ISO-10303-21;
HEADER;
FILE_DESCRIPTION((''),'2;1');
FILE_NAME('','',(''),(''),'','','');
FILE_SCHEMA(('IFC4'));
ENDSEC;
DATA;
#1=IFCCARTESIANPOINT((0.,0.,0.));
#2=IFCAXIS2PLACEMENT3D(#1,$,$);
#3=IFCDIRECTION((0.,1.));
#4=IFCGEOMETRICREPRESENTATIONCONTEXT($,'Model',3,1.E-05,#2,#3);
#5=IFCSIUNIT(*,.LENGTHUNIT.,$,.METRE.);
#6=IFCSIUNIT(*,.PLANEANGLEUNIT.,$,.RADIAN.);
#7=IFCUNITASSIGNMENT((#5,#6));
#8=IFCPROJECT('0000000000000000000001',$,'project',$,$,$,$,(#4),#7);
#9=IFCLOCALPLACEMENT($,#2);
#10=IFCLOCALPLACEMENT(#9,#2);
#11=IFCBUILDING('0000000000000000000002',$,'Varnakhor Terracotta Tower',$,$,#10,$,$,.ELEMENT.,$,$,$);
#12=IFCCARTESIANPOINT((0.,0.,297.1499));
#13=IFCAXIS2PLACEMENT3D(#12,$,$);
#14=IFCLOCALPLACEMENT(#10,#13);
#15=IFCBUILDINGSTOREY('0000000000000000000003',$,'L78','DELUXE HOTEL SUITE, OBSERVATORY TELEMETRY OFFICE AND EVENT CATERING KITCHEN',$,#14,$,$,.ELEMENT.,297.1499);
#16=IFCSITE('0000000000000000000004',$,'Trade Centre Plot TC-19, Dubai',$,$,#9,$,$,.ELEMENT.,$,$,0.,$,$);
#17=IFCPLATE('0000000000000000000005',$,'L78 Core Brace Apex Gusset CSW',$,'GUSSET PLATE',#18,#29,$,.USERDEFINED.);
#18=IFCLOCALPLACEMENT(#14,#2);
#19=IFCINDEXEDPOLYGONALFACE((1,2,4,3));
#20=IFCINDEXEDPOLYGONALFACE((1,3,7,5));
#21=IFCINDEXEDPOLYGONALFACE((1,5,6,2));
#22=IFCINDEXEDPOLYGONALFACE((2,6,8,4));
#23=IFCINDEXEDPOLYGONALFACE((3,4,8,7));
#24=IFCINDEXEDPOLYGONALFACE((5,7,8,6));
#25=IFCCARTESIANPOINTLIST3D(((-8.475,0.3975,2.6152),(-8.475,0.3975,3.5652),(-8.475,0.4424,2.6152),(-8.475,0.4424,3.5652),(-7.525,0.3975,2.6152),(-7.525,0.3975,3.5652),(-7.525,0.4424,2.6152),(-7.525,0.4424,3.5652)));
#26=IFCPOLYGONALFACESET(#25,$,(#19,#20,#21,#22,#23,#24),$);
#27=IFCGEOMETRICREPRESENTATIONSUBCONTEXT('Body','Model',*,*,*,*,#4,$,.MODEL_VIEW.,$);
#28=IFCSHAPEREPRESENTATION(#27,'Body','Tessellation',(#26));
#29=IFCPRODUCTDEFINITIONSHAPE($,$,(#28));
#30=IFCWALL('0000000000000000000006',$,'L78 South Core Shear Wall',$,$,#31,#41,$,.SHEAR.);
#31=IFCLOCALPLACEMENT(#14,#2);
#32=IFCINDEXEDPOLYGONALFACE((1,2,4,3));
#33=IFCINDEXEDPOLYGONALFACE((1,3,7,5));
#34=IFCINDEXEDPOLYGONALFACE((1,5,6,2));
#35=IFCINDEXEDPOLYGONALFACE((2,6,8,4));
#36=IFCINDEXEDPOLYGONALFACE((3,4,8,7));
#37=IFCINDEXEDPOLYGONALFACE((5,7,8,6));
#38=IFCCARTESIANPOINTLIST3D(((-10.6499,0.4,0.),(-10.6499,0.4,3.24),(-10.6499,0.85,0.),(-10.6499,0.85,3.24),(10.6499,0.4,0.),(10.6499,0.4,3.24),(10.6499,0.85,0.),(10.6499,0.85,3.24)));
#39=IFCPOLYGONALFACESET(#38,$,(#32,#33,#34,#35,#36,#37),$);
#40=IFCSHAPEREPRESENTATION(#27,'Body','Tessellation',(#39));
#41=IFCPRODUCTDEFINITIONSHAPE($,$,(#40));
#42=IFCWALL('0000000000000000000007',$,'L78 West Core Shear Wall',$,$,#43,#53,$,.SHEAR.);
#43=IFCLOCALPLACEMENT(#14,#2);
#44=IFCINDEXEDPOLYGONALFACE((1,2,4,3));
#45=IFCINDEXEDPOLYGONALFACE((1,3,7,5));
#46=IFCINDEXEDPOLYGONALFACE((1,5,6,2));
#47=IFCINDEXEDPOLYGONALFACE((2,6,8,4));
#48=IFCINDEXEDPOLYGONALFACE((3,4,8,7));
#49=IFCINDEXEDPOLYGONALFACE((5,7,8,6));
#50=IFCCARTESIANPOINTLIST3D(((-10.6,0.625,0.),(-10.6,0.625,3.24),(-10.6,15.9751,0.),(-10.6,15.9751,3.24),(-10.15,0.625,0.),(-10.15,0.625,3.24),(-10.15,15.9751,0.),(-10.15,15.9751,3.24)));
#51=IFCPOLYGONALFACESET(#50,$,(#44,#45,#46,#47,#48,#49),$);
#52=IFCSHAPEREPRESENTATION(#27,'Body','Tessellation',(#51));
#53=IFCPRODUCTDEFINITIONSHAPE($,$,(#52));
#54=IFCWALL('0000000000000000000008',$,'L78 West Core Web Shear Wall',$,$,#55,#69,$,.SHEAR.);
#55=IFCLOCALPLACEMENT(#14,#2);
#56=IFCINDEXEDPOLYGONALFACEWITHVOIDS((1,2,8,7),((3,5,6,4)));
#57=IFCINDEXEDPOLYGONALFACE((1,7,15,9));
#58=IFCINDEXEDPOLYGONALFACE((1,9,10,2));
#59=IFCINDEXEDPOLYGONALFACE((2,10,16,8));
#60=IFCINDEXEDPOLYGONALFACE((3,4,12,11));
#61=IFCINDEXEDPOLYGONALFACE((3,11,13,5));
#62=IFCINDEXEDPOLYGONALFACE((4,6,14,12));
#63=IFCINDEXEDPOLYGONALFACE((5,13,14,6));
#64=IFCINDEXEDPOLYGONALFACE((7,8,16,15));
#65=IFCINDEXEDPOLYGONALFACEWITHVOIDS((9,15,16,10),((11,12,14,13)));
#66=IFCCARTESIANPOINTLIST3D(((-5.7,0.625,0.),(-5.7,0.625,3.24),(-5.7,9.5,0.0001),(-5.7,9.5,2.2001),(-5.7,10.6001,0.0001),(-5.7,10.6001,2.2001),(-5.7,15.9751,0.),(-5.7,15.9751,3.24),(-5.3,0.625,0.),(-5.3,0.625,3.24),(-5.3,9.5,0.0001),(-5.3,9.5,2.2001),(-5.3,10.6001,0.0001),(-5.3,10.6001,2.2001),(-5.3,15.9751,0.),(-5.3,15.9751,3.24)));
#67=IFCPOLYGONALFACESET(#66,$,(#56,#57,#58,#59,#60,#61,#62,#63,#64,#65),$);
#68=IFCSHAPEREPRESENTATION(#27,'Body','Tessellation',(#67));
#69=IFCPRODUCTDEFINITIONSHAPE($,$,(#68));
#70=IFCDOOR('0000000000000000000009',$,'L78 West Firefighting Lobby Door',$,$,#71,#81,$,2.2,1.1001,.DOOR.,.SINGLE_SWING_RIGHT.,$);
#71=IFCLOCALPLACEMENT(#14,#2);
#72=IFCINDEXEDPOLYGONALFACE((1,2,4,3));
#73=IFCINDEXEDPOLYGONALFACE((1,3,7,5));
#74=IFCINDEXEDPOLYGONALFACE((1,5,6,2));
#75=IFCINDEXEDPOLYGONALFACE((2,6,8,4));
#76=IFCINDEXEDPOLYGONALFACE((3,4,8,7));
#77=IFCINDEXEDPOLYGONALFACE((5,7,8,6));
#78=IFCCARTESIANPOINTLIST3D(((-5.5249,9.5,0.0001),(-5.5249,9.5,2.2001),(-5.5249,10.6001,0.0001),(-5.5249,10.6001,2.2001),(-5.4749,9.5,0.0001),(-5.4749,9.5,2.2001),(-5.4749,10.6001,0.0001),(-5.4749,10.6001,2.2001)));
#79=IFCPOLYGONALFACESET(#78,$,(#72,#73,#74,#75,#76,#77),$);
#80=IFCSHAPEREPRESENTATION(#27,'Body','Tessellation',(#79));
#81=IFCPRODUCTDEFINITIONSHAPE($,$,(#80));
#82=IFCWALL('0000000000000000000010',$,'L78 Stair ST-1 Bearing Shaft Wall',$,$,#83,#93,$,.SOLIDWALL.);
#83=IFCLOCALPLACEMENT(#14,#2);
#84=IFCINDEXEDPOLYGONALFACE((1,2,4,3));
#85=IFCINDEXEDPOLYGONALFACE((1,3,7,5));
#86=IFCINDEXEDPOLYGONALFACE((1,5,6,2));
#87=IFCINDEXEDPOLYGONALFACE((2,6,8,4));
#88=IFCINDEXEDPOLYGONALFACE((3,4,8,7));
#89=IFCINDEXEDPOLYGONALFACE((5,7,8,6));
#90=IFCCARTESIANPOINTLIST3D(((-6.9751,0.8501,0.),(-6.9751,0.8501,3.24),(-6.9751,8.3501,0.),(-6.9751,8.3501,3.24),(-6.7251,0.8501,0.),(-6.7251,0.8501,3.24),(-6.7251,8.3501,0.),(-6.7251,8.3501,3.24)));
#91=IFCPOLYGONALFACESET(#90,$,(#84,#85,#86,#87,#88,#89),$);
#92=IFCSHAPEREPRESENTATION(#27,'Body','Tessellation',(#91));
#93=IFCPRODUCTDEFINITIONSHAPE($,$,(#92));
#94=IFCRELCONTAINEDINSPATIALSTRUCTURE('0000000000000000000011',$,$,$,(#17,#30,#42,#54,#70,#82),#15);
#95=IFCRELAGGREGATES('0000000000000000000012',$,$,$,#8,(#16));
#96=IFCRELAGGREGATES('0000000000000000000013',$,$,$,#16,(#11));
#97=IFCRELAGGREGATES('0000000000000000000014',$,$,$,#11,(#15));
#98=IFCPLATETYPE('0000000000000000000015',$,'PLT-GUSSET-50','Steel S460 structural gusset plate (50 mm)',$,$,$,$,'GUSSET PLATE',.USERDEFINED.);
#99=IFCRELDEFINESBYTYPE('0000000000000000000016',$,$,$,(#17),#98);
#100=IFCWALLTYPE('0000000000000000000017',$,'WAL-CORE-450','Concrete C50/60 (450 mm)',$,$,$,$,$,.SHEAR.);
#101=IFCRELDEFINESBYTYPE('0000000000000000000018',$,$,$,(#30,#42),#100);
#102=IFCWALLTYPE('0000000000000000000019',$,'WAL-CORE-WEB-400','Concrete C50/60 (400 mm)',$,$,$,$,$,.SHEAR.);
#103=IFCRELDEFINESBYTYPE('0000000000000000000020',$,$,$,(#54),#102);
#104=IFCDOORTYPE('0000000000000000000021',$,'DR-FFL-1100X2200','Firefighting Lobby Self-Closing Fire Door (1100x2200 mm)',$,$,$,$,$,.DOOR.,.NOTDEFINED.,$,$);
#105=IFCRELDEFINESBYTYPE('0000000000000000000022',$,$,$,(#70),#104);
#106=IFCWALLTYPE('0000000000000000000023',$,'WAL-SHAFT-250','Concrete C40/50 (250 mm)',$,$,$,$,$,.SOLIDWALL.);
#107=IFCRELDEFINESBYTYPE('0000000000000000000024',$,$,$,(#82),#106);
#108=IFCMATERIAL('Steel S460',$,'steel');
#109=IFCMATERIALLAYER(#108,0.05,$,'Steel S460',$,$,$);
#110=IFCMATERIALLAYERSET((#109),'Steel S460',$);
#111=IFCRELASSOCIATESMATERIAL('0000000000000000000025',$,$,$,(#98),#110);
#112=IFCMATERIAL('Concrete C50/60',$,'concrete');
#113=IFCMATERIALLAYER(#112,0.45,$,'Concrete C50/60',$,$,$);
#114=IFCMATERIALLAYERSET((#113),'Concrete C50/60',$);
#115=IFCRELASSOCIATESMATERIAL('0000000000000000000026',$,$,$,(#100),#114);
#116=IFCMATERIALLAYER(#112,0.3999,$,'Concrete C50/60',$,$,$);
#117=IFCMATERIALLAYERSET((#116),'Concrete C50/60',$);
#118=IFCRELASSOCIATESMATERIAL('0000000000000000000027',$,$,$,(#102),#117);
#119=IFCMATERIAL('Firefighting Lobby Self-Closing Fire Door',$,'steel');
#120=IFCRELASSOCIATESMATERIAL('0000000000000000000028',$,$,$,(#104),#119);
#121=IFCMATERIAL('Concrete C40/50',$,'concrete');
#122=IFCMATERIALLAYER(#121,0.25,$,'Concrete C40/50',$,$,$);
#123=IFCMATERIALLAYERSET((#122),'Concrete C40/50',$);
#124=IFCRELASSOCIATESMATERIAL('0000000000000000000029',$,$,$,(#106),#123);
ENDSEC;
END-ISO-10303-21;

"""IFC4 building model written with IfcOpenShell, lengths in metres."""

from ifc_helpers import new_model, si_unit, direction, frame, frame_2d, origin, origin_2d, place, context, subcontext, project, spatial, rectangle, extrude, source, transform, mapped, material, layer, layer_set, type_object, type_shapes, element, fill, save


model = new_model("IFC4")

# Units and contexts
model_context = context("Model", 3, precision=1e-05, world=origin(), true_north=direction((0.0, 1.0)))
body_context = subcontext(model_context, "Body", "Model", "MODEL_VIEW")
ifc_project = project(units=[si_unit("LENGTHUNIT", "METRE"), si_unit("PLANEANGLEUNIT", "RADIAN")], contexts=[model_context])

# Site, building, storey
site_placement = place(None, origin())
site = spatial("IfcSite", under=ifc_project, at=site_placement, Name="Trade Centre Plot TC-19, Dubai", CompositionType="ELEMENT", RefElevation=0.0)
building_placement = place(site_placement, origin())
building = spatial("IfcBuilding", under=site, at=building_placement, Name="Varnakhor Terracotta Tower", CompositionType="ELEMENT")
storey_placement = place(building_placement, frame((0.0, 0.0, 297.1499)))
storey = spatial("IfcBuildingStorey", under=building, at=storey_placement, Name="L78", Description="DELUXE HOTEL SUITE, OBSERVATORY TELEMETRY OFFICE AND EVENT CATERING KITCHEN", CompositionType="ELEMENT", Elevation=297.1499)

# Shared definitions
ifc_material_1 = material(Name="Concrete C50/60", Category="concrete")

# Plate
ifc_material_2 = material(Name="Steel S460", Category="steel")
ifc_layer_1 = layer(ifc_material_2, 0.05, Name="Steel S460")
ifc_layer_set_1 = layer_set([ifc_layer_1], Name="Steel S460")
plate_type = type_object("IfcPlateType", Name="PLT-GUSSET-50", Description="Steel S460 structural gusset plate (50 mm)", ElementType="GUSSET PLATE", PredefinedType="USERDEFINED", material=ifc_layer_set_1)
shared_shape_1 = source(origin(), body_context, "Body", "SweptSolid", [
    extrude(rectangle(XDim=0.95, YDim=0.0449, at=origin_2d()), origin(), (0.0, 0.0, 1.0), 0.95),
])
plate_placement = place(storey_placement, frame((-8.0, 0.4199, 2.6152), z_axis=(0.0, 0.0, 1.0), x_axis=(1.0, 0.0, 0.0)))
element("IfcPlate", 1, at=plate_placement, inside=storey, type_object=plate_type, Name="L78 Core Brace Apex Gusset CSW", ObjectType="GUSSET PLATE", PredefinedType="USERDEFINED", context=body_context, shape_type="MappedRepresentation", body=[
    mapped(shared_shape_1, transform((0.0, 0.0, 0.0), scale=1.0)),
])

# Walls
ifc_layer_2 = layer(ifc_material_1, 0.45, Name="Concrete C50/60")
ifc_layer_set_2 = layer_set([ifc_layer_2], Name="Concrete C50/60")
wall_type_1 = type_object("IfcWallType", Name="WAL-CORE-450", Description="Concrete C50/60 (450 mm)", PredefinedType="SHEAR", material=ifc_layer_set_2)
wall_1_placement = place(storey_placement, frame((-10.6499, 0.625, 0.0), z_axis=(0.0, 0.0, 1.0), x_axis=(1.0, 0.0, 0.0)))
element("IfcWall", 2, at=wall_1_placement, inside=storey, type_object=wall_type_1, Name="L78 South Core Shear Wall", PredefinedType="SHEAR", context=body_context, shape_type="SweptSolid", body=[
    extrude(rectangle(XDim=21.2998, YDim=0.45, at=frame_2d((10.6499, 0.0))), origin(), (0.0, 0.0, 1.0), 3.24),
])
wall_2_placement = place(storey_placement, frame((-10.375, 0.625, 0.0), z_axis=(0.0, 0.0, 1.0), x_axis=(0.0, 1.0, 0.0)))
element("IfcWall", 3, at=wall_2_placement, inside=storey, type_object=wall_type_1, Name="L78 West Core Shear Wall", PredefinedType="SHEAR", context=body_context, shape_type="SweptSolid", body=[
    extrude(rectangle(XDim=15.3501, YDim=0.45, at=frame_2d((7.675, 0.0))), origin(), (0.0, 0.0, 1.0), 3.24),
])

# Wall, opening, door
ifc_layer_3 = layer(ifc_material_1, 0.3999, Name="Concrete C50/60")
ifc_layer_set_3 = layer_set([ifc_layer_3], Name="Concrete C50/60")
wall_type_2 = type_object("IfcWallType", Name="WAL-CORE-WEB-400", Description="Concrete C50/60 (400 mm)", PredefinedType="SHEAR", material=ifc_layer_set_3)
wall_3_placement = place(storey_placement, frame((-5.5, 0.625, 0.0), z_axis=(0.0, 0.0, 1.0), x_axis=(0.0, 1.0, 0.0)))
wall_3 = element("IfcWall", 4, at=wall_3_placement, inside=storey, type_object=wall_type_2, Name="L78 West Core Web Shear Wall", PredefinedType="SHEAR", context=body_context, shape_type="SweptSolid", body=[
    extrude(rectangle(XDim=15.3501, YDim=0.3999, at=frame_2d((7.675, 0.0))), origin(), (0.0, 0.0, 1.0), 3.24),
])
opening_placement = place(wall_3_placement, frame((8.875, 0.0, 0.0)))
opening = element("IfcOpeningElement", 5, at=opening_placement, cuts=wall_3, PredefinedType="OPENING", context=body_context, shape_type="SweptSolid", body=[
    extrude(rectangle(XDim=1.1001, YDim=2.2, at=frame_2d((0.55, 1.1001))), frame((0.0, 0.21, 0.0), z_axis=(0.0, -1.0, 0.0), x_axis=(1.0, 0.0, 0.0)), (0.0, 0.0, 1.0), 0.4199),
])
ifc_material_3 = material(Name="Firefighting Lobby Self-Closing Fire Door", Category="steel")
door_type = type_object("IfcDoorType", Name="DR-FFL-1100X2200", Description="Firefighting Lobby Self-Closing Fire Door (1100x2200 mm)", OperationType="NOTDEFINED", PredefinedType="DOOR", material=ifc_material_3)
shared_shape_2 = source(origin(), body_context, "Body", "SweptSolid", [
    extrude(rectangle(XDim=1.1001, YDim=2.2, at=frame_2d((0.55, 1.1001))), frame((0.0, 0.0249, 0.0), z_axis=(0.0, -1.0, 0.0), x_axis=(1.0, 0.0, 0.0)), (0.0, 0.0, 1.0), 0.05),
])
type_shapes(door_type, [shared_shape_2])
door_placement = place(opening_placement, origin())
door = element("IfcDoor", 6, at=door_placement, inside=storey, type_object=door_type, Name="L78 West Firefighting Lobby Door", OperationType="SINGLE_SWING_RIGHT", OverallHeight=2.2, OverallWidth=1.1001, PredefinedType="DOOR", context=body_context, shape_type="MappedRepresentation", body=[
    mapped(shared_shape_2, transform((0.0, 0.0, 0.0), scale=1.0)),
])
fill(opening, door)

# Wall
ifc_material_4 = material(Name="Concrete C40/50", Category="concrete")
ifc_layer_4 = layer(ifc_material_4, 0.25, Name="Concrete C40/50")
ifc_layer_set_4 = layer_set([ifc_layer_4], Name="Concrete C40/50")
wall_type_3 = type_object("IfcWallType", Name="WAL-SHAFT-250", Description="Concrete C40/50 (250 mm)", PredefinedType="SOLIDWALL", material=ifc_layer_set_4)
wall_4_placement = place(storey_placement, frame((-6.8501, 0.8501, 0.0), z_axis=(0.0, 0.0, 1.0), x_axis=(0.0, 1.0, 0.0)))
element("IfcWall", 7, at=wall_4_placement, inside=storey, type_object=wall_type_3, Name="L78 Stair ST-1 Bearing Shaft Wall", PredefinedType="SOLIDWALL", context=body_context, shape_type="SweptSolid", body=[
    extrude(rectangle(XDim=7.5, YDim=0.25, at=frame_2d((3.75, 0.0))), origin(), (0.0, 0.0, 1.0), 3.24),
])

save(model, "model.ifc")
